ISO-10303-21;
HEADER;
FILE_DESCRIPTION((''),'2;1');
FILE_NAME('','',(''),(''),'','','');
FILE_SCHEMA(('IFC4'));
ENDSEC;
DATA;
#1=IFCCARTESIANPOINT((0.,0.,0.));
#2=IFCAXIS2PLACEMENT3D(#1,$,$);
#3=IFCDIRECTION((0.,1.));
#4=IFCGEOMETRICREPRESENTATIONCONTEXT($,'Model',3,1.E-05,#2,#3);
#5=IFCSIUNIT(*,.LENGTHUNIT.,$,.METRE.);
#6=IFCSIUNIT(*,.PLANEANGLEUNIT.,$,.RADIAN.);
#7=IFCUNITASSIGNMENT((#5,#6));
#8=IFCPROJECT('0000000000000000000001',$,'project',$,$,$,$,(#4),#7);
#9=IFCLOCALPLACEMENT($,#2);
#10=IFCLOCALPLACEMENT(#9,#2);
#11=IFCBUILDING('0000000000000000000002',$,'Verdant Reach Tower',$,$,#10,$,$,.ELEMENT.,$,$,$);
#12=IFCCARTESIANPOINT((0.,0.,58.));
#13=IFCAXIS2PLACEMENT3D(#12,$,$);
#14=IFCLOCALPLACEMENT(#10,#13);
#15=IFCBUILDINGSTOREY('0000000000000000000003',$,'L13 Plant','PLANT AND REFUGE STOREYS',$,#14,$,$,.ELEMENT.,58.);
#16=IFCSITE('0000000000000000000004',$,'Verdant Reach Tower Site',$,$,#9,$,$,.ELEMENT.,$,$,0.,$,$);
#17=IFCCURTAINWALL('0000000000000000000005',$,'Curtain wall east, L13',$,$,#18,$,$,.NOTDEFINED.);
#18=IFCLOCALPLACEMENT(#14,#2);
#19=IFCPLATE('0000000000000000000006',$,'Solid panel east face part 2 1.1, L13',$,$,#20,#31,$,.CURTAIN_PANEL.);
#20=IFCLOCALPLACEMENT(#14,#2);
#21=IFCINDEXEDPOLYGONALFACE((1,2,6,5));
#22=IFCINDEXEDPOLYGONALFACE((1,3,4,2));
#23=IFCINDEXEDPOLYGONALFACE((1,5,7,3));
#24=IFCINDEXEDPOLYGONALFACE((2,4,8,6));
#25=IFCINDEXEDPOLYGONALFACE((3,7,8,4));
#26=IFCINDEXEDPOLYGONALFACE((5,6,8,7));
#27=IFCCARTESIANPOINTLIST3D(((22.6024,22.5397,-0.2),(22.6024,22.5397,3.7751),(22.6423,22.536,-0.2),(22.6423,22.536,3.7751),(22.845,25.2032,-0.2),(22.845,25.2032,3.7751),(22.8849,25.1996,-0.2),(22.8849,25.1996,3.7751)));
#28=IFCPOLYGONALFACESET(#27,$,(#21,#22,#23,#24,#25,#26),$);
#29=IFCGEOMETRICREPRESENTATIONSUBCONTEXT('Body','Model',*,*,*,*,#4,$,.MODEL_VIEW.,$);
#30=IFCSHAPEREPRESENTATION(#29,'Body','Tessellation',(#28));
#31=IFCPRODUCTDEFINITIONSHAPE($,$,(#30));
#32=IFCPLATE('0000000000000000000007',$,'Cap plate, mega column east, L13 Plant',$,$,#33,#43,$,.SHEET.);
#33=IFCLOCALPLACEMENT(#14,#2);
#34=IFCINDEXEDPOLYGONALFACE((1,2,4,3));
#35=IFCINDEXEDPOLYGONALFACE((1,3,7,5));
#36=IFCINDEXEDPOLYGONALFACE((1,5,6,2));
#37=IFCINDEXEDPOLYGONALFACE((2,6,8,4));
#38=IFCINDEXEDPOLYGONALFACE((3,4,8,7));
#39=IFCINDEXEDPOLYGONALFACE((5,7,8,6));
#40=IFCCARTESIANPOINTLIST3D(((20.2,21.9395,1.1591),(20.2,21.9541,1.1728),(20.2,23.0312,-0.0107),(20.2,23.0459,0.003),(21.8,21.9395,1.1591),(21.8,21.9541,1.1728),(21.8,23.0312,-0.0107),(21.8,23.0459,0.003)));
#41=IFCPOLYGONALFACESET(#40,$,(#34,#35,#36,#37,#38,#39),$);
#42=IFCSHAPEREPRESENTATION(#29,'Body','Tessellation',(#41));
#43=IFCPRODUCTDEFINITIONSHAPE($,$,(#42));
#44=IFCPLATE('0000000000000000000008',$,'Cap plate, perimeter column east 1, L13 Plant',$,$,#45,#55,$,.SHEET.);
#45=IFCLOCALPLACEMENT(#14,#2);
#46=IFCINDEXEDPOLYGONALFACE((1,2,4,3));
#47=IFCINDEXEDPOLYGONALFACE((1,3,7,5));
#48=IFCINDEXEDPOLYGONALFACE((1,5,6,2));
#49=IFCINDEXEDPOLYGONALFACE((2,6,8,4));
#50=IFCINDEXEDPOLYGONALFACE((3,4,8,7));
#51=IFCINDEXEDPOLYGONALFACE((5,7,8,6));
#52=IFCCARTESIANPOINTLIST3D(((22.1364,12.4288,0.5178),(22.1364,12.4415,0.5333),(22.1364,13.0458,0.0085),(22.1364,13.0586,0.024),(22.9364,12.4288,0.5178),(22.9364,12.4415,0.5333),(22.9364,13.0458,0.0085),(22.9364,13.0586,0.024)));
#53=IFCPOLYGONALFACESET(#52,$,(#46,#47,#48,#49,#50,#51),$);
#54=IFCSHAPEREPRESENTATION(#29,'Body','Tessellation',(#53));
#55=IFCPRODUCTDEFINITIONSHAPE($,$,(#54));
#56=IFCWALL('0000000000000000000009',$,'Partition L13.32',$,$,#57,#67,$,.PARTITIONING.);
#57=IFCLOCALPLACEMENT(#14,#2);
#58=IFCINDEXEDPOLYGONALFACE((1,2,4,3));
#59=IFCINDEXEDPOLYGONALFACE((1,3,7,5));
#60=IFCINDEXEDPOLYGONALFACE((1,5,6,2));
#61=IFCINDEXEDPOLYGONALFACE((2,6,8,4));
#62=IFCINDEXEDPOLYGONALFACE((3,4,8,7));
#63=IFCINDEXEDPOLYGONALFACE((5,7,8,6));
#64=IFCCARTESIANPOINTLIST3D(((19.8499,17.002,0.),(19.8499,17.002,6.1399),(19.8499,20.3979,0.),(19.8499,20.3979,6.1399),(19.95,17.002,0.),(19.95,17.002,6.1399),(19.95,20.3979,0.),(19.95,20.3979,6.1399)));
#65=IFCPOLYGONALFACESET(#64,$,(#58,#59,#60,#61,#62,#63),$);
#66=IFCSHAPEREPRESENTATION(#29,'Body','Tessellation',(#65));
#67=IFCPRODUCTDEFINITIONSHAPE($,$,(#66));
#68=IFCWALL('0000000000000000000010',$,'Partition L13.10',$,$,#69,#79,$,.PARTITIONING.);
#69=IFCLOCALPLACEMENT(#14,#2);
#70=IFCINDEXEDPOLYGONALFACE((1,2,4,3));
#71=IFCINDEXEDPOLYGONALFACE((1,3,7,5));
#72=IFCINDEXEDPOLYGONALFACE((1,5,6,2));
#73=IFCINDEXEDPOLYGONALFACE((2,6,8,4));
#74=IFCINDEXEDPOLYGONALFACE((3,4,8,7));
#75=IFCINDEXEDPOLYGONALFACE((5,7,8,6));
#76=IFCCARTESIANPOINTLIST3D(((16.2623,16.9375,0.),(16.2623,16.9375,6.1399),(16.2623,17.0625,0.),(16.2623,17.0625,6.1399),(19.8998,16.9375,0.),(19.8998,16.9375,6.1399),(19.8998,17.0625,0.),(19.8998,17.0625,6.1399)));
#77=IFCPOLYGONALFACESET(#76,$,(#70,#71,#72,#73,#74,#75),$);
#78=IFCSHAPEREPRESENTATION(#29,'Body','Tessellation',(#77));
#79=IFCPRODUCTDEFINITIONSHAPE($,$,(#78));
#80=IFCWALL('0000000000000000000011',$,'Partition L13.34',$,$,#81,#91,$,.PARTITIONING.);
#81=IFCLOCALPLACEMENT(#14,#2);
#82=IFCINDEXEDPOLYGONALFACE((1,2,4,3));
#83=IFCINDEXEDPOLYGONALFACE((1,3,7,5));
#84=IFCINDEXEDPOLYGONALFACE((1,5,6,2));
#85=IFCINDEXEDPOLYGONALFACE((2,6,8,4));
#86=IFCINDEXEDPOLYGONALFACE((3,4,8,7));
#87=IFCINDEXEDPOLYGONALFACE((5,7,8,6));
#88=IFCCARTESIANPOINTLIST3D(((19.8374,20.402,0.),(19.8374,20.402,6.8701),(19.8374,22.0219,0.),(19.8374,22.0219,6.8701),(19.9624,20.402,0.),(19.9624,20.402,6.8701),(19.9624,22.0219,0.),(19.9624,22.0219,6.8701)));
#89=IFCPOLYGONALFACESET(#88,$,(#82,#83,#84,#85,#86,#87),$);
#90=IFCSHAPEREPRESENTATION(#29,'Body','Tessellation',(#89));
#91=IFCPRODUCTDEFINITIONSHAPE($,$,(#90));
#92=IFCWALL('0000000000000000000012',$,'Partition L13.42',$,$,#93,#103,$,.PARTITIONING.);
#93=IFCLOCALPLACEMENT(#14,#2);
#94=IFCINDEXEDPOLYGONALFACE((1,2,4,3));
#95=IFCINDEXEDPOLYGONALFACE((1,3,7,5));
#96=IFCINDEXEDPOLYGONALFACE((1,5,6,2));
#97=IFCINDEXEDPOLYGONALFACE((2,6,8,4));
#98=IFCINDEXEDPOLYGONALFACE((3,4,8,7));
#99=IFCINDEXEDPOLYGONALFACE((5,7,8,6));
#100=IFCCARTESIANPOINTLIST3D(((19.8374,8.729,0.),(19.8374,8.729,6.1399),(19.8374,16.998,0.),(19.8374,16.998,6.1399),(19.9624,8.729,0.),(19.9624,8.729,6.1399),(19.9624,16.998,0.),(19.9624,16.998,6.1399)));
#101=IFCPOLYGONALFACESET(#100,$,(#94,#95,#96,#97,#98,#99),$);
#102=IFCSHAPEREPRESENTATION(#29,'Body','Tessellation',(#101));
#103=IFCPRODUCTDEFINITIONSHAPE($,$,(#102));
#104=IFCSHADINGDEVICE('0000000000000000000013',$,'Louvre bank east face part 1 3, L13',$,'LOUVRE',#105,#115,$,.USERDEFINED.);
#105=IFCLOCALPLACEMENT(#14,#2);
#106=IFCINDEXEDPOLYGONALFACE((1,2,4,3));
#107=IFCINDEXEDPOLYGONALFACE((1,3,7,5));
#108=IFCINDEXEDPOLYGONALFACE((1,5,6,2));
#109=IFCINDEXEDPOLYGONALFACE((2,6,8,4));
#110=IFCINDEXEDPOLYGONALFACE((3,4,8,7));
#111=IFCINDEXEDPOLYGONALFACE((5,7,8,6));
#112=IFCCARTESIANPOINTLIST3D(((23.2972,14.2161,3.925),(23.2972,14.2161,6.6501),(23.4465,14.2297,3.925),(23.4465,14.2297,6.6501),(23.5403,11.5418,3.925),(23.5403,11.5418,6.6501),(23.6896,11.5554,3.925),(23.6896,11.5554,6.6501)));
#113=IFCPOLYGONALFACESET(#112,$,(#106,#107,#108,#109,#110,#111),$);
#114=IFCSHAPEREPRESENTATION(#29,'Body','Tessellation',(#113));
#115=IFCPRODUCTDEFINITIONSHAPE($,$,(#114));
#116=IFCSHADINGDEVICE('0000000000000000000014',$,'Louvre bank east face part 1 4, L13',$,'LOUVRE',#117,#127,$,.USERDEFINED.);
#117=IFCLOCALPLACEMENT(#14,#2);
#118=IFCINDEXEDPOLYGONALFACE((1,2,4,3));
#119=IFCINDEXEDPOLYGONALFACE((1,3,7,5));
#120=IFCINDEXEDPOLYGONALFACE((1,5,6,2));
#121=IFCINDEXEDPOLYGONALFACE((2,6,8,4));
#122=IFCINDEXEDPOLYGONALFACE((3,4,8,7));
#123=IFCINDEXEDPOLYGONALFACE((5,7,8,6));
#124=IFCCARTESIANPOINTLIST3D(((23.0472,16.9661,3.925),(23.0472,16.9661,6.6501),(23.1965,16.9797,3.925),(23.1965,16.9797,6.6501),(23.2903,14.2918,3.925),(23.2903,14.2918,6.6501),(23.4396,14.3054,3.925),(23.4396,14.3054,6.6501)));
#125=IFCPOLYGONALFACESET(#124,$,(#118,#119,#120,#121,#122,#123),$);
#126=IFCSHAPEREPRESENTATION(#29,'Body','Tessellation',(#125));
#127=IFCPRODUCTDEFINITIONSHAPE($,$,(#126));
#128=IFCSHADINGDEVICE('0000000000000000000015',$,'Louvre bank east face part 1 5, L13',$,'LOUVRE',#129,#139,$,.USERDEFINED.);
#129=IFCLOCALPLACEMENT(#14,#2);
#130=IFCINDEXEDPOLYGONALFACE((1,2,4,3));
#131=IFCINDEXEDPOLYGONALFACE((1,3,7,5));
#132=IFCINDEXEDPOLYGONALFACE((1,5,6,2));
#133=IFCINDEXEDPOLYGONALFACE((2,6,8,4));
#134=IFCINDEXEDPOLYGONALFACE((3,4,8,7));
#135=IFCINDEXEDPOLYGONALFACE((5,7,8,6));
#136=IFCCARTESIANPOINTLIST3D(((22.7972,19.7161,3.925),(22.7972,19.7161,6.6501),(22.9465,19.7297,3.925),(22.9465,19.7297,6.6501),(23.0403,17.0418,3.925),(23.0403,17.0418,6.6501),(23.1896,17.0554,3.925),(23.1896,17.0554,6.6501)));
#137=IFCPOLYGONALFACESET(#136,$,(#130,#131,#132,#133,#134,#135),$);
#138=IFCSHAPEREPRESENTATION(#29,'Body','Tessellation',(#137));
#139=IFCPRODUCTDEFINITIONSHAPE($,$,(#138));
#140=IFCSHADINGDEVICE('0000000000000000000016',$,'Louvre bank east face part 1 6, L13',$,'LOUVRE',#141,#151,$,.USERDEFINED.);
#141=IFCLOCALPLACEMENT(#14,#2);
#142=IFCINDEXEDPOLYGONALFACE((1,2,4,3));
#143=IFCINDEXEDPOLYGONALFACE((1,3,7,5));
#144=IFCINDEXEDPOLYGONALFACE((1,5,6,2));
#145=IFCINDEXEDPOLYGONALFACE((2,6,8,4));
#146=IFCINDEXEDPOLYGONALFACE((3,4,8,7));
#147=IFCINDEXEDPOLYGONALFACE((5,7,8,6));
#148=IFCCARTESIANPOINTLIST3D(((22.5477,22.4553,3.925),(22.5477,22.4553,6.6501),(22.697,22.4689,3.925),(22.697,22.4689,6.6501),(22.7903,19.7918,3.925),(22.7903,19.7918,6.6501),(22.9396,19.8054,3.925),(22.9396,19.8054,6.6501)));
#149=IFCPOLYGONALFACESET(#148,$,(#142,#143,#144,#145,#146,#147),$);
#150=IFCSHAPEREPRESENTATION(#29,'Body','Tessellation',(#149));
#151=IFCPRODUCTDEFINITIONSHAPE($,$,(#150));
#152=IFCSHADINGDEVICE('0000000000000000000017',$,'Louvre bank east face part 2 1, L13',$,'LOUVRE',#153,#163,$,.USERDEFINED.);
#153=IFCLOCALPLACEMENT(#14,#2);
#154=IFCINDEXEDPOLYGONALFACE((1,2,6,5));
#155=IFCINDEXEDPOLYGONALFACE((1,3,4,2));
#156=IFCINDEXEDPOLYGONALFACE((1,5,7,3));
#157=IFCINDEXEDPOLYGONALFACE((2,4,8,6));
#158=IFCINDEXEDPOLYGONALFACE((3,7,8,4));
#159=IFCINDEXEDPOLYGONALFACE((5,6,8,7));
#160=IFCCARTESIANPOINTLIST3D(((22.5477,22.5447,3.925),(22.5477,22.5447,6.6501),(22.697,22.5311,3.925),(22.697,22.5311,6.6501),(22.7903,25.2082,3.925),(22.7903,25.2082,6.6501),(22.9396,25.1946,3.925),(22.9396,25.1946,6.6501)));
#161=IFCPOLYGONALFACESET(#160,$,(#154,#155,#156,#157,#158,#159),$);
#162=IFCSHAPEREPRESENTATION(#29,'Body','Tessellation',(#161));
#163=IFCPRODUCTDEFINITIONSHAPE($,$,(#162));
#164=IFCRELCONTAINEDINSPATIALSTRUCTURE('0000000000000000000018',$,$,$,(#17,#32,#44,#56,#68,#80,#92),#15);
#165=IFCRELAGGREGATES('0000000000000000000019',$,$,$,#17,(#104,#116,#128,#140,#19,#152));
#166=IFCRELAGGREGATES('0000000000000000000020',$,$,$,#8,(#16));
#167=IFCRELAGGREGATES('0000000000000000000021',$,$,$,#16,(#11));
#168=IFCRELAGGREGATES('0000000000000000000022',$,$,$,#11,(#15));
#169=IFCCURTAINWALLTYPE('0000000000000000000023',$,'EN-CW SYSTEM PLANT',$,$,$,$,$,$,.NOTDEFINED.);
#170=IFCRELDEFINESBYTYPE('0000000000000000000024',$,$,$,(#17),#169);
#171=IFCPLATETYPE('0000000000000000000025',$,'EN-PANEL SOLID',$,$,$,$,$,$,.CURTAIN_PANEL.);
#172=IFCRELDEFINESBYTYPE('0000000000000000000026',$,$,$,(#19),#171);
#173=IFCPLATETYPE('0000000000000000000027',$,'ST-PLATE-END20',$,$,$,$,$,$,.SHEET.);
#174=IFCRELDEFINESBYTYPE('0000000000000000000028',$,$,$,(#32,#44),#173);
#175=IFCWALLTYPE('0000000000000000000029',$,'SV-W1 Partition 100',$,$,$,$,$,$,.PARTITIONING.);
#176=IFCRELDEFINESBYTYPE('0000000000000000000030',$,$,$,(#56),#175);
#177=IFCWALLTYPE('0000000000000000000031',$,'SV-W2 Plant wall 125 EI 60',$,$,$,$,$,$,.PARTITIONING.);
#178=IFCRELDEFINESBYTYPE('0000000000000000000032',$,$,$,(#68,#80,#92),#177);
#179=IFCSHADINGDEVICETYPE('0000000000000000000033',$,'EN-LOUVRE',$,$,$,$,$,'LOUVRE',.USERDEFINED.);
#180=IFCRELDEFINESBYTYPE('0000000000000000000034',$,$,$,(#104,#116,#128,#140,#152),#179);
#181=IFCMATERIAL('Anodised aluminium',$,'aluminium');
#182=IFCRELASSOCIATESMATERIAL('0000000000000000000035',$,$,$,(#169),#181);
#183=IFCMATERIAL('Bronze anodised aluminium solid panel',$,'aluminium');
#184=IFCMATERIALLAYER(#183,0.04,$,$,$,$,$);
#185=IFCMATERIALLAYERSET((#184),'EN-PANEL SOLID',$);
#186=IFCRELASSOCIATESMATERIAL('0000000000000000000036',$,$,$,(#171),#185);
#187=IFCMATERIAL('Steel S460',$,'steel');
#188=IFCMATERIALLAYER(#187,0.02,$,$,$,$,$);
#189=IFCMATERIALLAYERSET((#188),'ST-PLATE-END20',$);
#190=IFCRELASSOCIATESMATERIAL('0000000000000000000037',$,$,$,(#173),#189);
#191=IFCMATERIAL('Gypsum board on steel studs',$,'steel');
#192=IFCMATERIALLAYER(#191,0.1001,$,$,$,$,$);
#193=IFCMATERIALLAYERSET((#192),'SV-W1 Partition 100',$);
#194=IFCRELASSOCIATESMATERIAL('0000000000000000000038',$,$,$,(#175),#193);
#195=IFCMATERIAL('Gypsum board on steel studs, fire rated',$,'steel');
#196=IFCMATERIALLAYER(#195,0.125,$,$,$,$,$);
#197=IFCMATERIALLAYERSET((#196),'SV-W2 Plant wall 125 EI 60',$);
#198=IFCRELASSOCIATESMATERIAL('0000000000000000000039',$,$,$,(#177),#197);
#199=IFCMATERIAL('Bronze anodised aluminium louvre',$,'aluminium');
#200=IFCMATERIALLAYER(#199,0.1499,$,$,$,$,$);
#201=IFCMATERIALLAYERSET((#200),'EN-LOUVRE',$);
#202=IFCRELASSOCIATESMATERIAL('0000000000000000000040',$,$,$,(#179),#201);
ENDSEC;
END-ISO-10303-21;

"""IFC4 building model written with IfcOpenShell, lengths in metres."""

from ifc_helpers import new_model, si_unit, direction, frame, frame_2d, origin, origin_2d, place, context, subcontext, project, spatial, rectangle, extrude, material, layer, layer_set, type_object, element, aggregate, save


model = new_model("IFC4")

# Units and contexts
model_context = context("Model", 3, precision=1e-05, world=origin(), true_north=direction((0.0, 1.0)))
body_context = subcontext(model_context, "Body", "Model", "MODEL_VIEW")
ifc_project = project(units=[si_unit("LENGTHUNIT", "METRE"), si_unit("PLANEANGLEUNIT", "RADIAN")], contexts=[model_context])

# Site, building, storey
site_placement = place(None, origin())
site = spatial("IfcSite", under=ifc_project, at=site_placement, Name="Verdant Reach Tower Site", CompositionType="ELEMENT", RefElevation=0.0)
building_placement = place(site_placement, origin())
building = spatial("IfcBuilding", under=site, at=building_placement, Name="Verdant Reach Tower", CompositionType="ELEMENT")
storey_placement = place(building_placement, frame((0.0, 0.0, 58.0)))
storey = spatial("IfcBuildingStorey", under=building, at=storey_placement, Name="L13 Plant", Description="PLANT AND REFUGE STOREYS", CompositionType="ELEMENT", Elevation=58.0)

# Shared definitions
ifc_material_1 = material(Name="Steel S460", Category="steel")

# Curtain wall
ifc_material_2 = material(Name="Anodised aluminium", Category="aluminium")
curtain_wall_type = type_object("IfcCurtainWallType", Name="EN-CW SYSTEM PLANT", PredefinedType="NOTDEFINED", material=ifc_material_2)
curtain_wall_placement = place(storey_placement, origin())
curtain_wall = element("IfcCurtainWall", 1, at=curtain_wall_placement, inside=storey, type_object=curtain_wall_type, Name="Curtain wall east, L13", PredefinedType="NOTDEFINED")

# Plate
ifc_material_3 = material(Name="Bronze anodised aluminium solid panel", Category="aluminium")
ifc_layer_1 = layer(ifc_material_3, 0.04)
ifc_layer_set_1 = layer_set([ifc_layer_1], Name="EN-PANEL SOLID")
plate_type_1 = type_object("IfcPlateType", Name="EN-PANEL SOLID", PredefinedType="CURTAIN_PANEL", material=ifc_layer_set_1)
plate_1_placement = place(storey_placement, frame((22.7437, 23.8696, -0.2), z_axis=(0.0, 0.0, 1.0), x_axis=(0.090713, 0.995877, 0.0)))
plate_1 = element("IfcPlate", 2, at=plate_1_placement, type_object=plate_type_1, Name="Solid panel east face part 2 1.1, L13", PredefinedType="CURTAIN_PANEL", context=body_context, shape_type="SweptSolid", body=[
    extrude(rectangle(XDim=2.6746, YDim=0.04, at=origin_2d()), origin(), (0.0, 0.0, 1.0), 3.9751),
])

# Plates
ifc_layer_2 = layer(ifc_material_1, 0.02)
ifc_layer_set_2 = layer_set([ifc_layer_2], Name="ST-PLATE-END20")
plate_type_2 = type_object("IfcPlateType", Name="ST-PLATE-END20", PredefinedType="SHEET", material=ifc_layer_set_2)
plate_2_placement = place(storey_placement, frame((21.0, 22.4854, 0.5742), z_axis=(0.0, 0.731055, 0.682318), x_axis=(-1.0, 0.0, 0.0)))
element("IfcPlate", 3, at=plate_2_placement, inside=storey, type_object=plate_type_2, Name="Cap plate, mega column east, L13 Plant", PredefinedType="SHEET", context=body_context, shape_type="SweptSolid", body=[
    extrude(rectangle(XDim=1.6001, YDim=1.6001, at=origin_2d()), origin(), (0.0, 0.0, 1.0), 0.02),
])
plate_3_placement = place(storey_placement, frame((22.5364, 12.7373, 0.2632), z_axis=(0.0, 0.636565, 0.771223), x_axis=(-1.0, 0.0, 0.0)))
element("IfcPlate", 4, at=plate_3_placement, inside=storey, type_object=plate_type_2, Name="Cap plate, perimeter column east 1, L13 Plant", PredefinedType="SHEET", context=body_context, shape_type="SweptSolid", body=[
    extrude(rectangle(XDim=0.8, YDim=0.8, at=origin_2d()), origin(), (0.0, 0.0, 1.0), 0.02),
])

# Walls
ifc_material_4 = material(Name="Gypsum board on steel studs", Category="steel")
ifc_layer_3 = layer(ifc_material_4, 0.1001)
ifc_layer_set_3 = layer_set([ifc_layer_3], Name="SV-W1 Partition 100")
wall_type_1 = type_object("IfcWallType", Name="SV-W1 Partition 100", PredefinedType="PARTITIONING", material=ifc_layer_set_3)
wall_1_placement = place(storey_placement, frame((19.8999, 20.3979, 0.0), z_axis=(0.0, 0.0, 1.0), x_axis=(0.0, -1.0, 0.0)))
element("IfcWall", 5, at=wall_1_placement, inside=storey, type_object=wall_type_1, Name="Partition L13.32", PredefinedType="PARTITIONING", context=body_context, shape_type="SweptSolid", body=[
    extrude(rectangle(XDim=3.396, YDim=0.1001, at=frame_2d((1.698, 0.0))), origin(), (0.0, 0.0, 1.0), 6.1399),
])
ifc_material_5 = material(Name="Gypsum board on steel studs, fire rated", Category="steel")
ifc_layer_4 = layer(ifc_material_5, 0.125)
ifc_layer_set_4 = layer_set([ifc_layer_4], Name="SV-W2 Plant wall 125 EI 60")
wall_type_2 = type_object("IfcWallType", Name="SV-W2 Plant wall 125 EI 60", PredefinedType="PARTITIONING", material=ifc_layer_set_4)
wall_2_placement = place(storey_placement, frame((19.8999, 17.0, 0.0), z_axis=(0.0, 0.0, 1.0), x_axis=(-1.0, 0.0, 0.0)))
element("IfcWall", 6, at=wall_2_placement, inside=storey, type_object=wall_type_2, Name="Partition L13.10", PredefinedType="PARTITIONING", context=body_context, shape_type="SweptSolid", body=[
    extrude(rectangle(XDim=3.6375, YDim=0.125, at=frame_2d((1.8188, 0.0))), origin(), (0.0, 0.0, 1.0), 6.1399),
])
wall_3_placement = place(storey_placement, frame((19.8999, 22.022, 0.0), z_axis=(0.0, 0.0, 1.0), x_axis=(0.0, -1.0, 0.0)))
element("IfcWall", 7, at=wall_3_placement, inside=storey, type_object=wall_type_2, Name="Partition L13.34", PredefinedType="PARTITIONING", context=body_context, shape_type="SweptSolid", body=[
    extrude(rectangle(XDim=1.6199, YDim=0.125, at=frame_2d((0.8101, 0.0))), origin(), (0.0, 0.0, 1.0), 6.8701),
])
wall_4_placement = place(storey_placement, frame((19.8999, 16.998, 0.0), z_axis=(0.0, 0.0, 1.0), x_axis=(0.0, -1.0, 0.0)))
element("IfcWall", 8, at=wall_4_placement, inside=storey, type_object=wall_type_2, Name="Partition L13.42", PredefinedType="PARTITIONING", context=body_context, shape_type="SweptSolid", body=[
    extrude(rectangle(XDim=8.269, YDim=0.125, at=frame_2d((4.1345, 0.0))), origin(), (0.0, 0.0, 1.0), 6.1399),
])

# Shading devices
ifc_material_6 = material(Name="Bronze anodised aluminium louvre", Category="aluminium")
ifc_layer_5 = layer(ifc_material_6, 0.1499)
ifc_layer_set_5 = layer_set([ifc_layer_5], Name="EN-LOUVRE")
shading_device_type = type_object("IfcShadingDeviceType", Name="EN-LOUVRE", ElementType="LOUVRE", PredefinedType="USERDEFINED", material=ifc_layer_set_5)
shading_device_1_placement = place(storey_placement, frame((23.4934, 12.8857, 3.925), z_axis=(0.0, 0.0, 1.0), x_axis=(-0.090536, 0.995893, 0.0)))
shading_device_1 = element("IfcShadingDevice", 9, at=shading_device_1_placement, type_object=shading_device_type, Name="Louvre bank east face part 1 3, L13", ObjectType="LOUVRE", PredefinedType="USERDEFINED", context=body_context, shape_type="SweptSolid", body=[
    extrude(rectangle(XDim=2.6853, YDim=0.1499, at=origin_2d()), origin(), (0.0, 0.0, 1.0), 2.7251),
])
shading_device_2_placement = place(storey_placement, frame((23.2434, 15.6357, 3.925), z_axis=(0.0, 0.0, 1.0), x_axis=(-0.090536, 0.995893, 0.0)))
shading_device_2 = element("IfcShadingDevice", 10, at=shading_device_2_placement, type_object=shading_device_type, Name="Louvre bank east face part 1 4, L13", ObjectType="LOUVRE", PredefinedType="USERDEFINED", context=body_context, shape_type="SweptSolid", body=[
    extrude(rectangle(XDim=2.6853, YDim=0.1499, at=origin_2d()), origin(), (0.0, 0.0, 1.0), 2.7251),
])
shading_device_3_placement = place(storey_placement, frame((22.9934, 18.3857, 3.925), z_axis=(0.0, 0.0, 1.0), x_axis=(-0.090536, 0.995893, 0.0)))
shading_device_3 = element("IfcShadingDevice", 11, at=shading_device_3_placement, type_object=shading_device_type, Name="Louvre bank east face part 1 5, L13", ObjectType="LOUVRE", PredefinedType="USERDEFINED", context=body_context, shape_type="SweptSolid", body=[
    extrude(rectangle(XDim=2.6853, YDim=0.1499, at=origin_2d()), origin(), (0.0, 0.0, 1.0), 2.7251),
])
shading_device_4_placement = place(storey_placement, frame((22.7437, 21.1304, 3.925), z_axis=(0.0, 0.0, 1.0), x_axis=(-0.090713, 0.995877, 0.0)))
shading_device_4 = element("IfcShadingDevice", 12, at=shading_device_4_placement, type_object=shading_device_type, Name="Louvre bank east face part 1 6, L13", ObjectType="LOUVRE", PredefinedType="USERDEFINED", context=body_context, shape_type="SweptSolid", body=[
    extrude(rectangle(XDim=2.6746, YDim=0.1499, at=origin_2d()), origin(), (0.0, 0.0, 1.0), 2.7251),
])
shading_device_5_placement = place(storey_placement, frame((22.7437, 23.8696, 3.925), z_axis=(0.0, 0.0, 1.0), x_axis=(0.090713, 0.995877, 0.0)))
shading_device_5 = element("IfcShadingDevice", 13, at=shading_device_5_placement, type_object=shading_device_type, Name="Louvre bank east face part 2 1, L13", ObjectType="LOUVRE", PredefinedType="USERDEFINED", context=body_context, shape_type="SweptSolid", body=[
    extrude(rectangle(XDim=2.6746, YDim=0.1499, at=origin_2d()), origin(), (0.0, 0.0, 1.0), 2.7251),
])
aggregate(curtain_wall, [shading_device_1, shading_device_2, shading_device_3, shading_device_4, plate_1, shading_device_5])

save(model, "model.ifc")
